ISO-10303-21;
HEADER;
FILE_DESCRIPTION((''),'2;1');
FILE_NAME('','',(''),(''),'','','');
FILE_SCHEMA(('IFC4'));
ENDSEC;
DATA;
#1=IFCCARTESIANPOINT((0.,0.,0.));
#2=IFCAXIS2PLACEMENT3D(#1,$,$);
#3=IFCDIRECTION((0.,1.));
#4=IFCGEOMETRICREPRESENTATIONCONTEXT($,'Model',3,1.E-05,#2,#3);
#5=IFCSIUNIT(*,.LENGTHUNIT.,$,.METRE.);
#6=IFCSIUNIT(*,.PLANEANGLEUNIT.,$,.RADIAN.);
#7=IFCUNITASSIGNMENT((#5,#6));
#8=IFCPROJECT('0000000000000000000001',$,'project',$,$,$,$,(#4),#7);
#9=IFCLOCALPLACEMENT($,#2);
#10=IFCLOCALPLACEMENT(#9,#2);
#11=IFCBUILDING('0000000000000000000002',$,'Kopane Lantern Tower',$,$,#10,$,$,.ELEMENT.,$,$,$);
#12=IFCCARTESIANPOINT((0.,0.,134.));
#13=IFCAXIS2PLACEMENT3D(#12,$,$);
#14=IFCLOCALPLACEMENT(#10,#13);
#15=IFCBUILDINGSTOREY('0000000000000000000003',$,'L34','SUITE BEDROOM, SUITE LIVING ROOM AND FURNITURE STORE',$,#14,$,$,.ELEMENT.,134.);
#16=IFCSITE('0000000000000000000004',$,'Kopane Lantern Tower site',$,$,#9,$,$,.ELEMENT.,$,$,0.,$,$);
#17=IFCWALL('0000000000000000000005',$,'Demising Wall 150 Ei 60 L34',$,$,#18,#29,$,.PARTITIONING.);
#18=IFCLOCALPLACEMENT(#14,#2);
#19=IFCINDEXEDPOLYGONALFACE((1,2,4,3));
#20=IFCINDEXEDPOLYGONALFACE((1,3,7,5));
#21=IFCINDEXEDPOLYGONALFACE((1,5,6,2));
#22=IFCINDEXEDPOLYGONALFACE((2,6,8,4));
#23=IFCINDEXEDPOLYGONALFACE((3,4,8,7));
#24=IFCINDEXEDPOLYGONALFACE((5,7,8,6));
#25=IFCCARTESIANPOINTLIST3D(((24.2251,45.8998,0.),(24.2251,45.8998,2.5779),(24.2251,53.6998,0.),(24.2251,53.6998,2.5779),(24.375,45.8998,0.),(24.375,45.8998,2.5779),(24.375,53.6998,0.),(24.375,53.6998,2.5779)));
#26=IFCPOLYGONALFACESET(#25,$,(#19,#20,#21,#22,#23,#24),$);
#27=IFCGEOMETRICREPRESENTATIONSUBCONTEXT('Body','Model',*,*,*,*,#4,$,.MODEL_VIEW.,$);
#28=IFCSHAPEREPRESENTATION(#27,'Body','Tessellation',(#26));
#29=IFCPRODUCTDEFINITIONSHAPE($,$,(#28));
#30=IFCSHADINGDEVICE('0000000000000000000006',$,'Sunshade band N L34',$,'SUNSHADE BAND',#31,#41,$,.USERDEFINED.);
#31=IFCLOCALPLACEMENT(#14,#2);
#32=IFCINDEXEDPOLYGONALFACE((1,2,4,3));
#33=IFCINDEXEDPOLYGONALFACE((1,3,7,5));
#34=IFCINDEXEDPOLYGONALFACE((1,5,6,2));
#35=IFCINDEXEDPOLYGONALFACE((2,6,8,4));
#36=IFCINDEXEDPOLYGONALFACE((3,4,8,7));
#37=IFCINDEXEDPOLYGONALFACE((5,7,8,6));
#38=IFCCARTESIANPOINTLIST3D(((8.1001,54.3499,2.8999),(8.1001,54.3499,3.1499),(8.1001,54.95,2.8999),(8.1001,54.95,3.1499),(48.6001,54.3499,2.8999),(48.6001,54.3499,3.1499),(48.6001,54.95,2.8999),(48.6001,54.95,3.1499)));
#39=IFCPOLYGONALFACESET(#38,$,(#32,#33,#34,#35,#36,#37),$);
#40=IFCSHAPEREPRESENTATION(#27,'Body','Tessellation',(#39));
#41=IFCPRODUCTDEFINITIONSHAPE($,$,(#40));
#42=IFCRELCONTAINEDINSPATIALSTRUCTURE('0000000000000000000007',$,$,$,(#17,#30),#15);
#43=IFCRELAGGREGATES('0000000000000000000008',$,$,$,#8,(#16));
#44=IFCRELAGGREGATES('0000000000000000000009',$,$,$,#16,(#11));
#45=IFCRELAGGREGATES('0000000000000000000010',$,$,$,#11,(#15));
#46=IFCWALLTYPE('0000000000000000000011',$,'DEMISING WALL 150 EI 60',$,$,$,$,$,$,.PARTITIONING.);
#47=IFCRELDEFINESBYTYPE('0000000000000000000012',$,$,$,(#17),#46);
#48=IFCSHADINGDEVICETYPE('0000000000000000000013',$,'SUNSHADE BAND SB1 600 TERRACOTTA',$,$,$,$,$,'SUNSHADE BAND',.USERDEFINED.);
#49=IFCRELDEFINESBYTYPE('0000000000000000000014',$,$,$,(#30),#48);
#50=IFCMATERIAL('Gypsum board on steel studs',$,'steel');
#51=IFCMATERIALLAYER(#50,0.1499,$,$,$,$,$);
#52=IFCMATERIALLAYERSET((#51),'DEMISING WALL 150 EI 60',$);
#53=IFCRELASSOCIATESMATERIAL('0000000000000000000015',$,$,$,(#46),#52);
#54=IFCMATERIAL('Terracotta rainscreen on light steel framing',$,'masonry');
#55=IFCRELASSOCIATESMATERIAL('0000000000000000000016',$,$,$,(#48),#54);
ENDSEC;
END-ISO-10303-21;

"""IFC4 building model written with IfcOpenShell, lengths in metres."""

from ifc_helpers import new_model, si_unit, direction, frame, frame_2d, origin, origin_2d, place, context, subcontext, project, spatial, rectangle, extrude, material, layer, layer_set, type_object, element, save


model = new_model("IFC4")

# Units and contexts
model_context = context("Model", 3, precision=1e-05, world=origin(), true_north=direction((0.0, 1.0)))
body_context = subcontext(model_context, "Body", "Model", "MODEL_VIEW")
ifc_project = project(units=[si_unit("LENGTHUNIT", "METRE"), si_unit("PLANEANGLEUNIT", "RADIAN")], contexts=[model_context])

# Site, building, storey
site_placement = place(None, origin())
site = spatial("IfcSite", under=ifc_project, at=site_placement, Name="Kopane Lantern Tower site", CompositionType="ELEMENT", RefElevation=0.0)
building_placement = place(site_placement, origin())
building = spatial("IfcBuilding", under=site, at=building_placement, Name="Kopane Lantern Tower", CompositionType="ELEMENT")
storey_placement = place(building_placement, frame((0.0, 0.0, 134.0)))
storey = spatial("IfcBuildingStorey", under=building, at=storey_placement, Name="L34", Description="SUITE BEDROOM, SUITE LIVING ROOM AND FURNITURE STORE", CompositionType="ELEMENT", Elevation=134.0)

# Wall
ifc_material_1 = material(Name="Gypsum board on steel studs", Category="steel")
ifc_layer_1 = layer(ifc_material_1, 0.1499)
ifc_layer_set_1 = layer_set([ifc_layer_1], Name="DEMISING WALL 150 EI 60")
wall_type_1 = type_object("IfcWallType", Name="DEMISING WALL 150 EI 60", PredefinedType="PARTITIONING", material=ifc_layer_set_1)
wall_1_placement = place(storey_placement, frame((24.3, 45.8999, 0.0), z_axis=(0.0, 0.0, 1.0), x_axis=(0.0, 1.0, 0.0)))
element("IfcWall", 1, at=wall_1_placement, inside=storey, type_object=wall_type_1, Name="Demising Wall 150 Ei 60 L34", PredefinedType="PARTITIONING", context=body_context, shape_type="SweptSolid", body=[
    extrude(rectangle(XDim=7.8, YDim=0.1499, at=frame_2d((3.8999, 0.0))), origin(), (0.0, 0.0, 1.0), 2.5779),
])

# Shading device
ifc_material_2 = material(Name="Terracotta rainscreen on light steel framing", Category="masonry")
shading_device_type = type_object("IfcShadingDeviceType", Name="SUNSHADE BAND SB1 600 TERRACOTTA", ElementType="SUNSHADE BAND", PredefinedType="USERDEFINED", material=ifc_material_2)
shading_device_placement = place(storey_placement, frame((28.3501, 54.6499, 2.8999), z_axis=(0.0, 0.0, 1.0), x_axis=(-1.0, 0.0, 0.0)))
element("IfcShadingDevice", 2, at=shading_device_placement, inside=storey, type_object=shading_device_type, Name="Sunshade band N L34", ObjectType="SUNSHADE BAND", PredefinedType="USERDEFINED", context=body_context, shape_type="SweptSolid", body=[
    extrude(rectangle(XDim=40.5, YDim=0.6001, at=origin_2d()), origin(), (0.0, 0.0, 1.0), 0.25),
])

save(model, "model.ifc")
